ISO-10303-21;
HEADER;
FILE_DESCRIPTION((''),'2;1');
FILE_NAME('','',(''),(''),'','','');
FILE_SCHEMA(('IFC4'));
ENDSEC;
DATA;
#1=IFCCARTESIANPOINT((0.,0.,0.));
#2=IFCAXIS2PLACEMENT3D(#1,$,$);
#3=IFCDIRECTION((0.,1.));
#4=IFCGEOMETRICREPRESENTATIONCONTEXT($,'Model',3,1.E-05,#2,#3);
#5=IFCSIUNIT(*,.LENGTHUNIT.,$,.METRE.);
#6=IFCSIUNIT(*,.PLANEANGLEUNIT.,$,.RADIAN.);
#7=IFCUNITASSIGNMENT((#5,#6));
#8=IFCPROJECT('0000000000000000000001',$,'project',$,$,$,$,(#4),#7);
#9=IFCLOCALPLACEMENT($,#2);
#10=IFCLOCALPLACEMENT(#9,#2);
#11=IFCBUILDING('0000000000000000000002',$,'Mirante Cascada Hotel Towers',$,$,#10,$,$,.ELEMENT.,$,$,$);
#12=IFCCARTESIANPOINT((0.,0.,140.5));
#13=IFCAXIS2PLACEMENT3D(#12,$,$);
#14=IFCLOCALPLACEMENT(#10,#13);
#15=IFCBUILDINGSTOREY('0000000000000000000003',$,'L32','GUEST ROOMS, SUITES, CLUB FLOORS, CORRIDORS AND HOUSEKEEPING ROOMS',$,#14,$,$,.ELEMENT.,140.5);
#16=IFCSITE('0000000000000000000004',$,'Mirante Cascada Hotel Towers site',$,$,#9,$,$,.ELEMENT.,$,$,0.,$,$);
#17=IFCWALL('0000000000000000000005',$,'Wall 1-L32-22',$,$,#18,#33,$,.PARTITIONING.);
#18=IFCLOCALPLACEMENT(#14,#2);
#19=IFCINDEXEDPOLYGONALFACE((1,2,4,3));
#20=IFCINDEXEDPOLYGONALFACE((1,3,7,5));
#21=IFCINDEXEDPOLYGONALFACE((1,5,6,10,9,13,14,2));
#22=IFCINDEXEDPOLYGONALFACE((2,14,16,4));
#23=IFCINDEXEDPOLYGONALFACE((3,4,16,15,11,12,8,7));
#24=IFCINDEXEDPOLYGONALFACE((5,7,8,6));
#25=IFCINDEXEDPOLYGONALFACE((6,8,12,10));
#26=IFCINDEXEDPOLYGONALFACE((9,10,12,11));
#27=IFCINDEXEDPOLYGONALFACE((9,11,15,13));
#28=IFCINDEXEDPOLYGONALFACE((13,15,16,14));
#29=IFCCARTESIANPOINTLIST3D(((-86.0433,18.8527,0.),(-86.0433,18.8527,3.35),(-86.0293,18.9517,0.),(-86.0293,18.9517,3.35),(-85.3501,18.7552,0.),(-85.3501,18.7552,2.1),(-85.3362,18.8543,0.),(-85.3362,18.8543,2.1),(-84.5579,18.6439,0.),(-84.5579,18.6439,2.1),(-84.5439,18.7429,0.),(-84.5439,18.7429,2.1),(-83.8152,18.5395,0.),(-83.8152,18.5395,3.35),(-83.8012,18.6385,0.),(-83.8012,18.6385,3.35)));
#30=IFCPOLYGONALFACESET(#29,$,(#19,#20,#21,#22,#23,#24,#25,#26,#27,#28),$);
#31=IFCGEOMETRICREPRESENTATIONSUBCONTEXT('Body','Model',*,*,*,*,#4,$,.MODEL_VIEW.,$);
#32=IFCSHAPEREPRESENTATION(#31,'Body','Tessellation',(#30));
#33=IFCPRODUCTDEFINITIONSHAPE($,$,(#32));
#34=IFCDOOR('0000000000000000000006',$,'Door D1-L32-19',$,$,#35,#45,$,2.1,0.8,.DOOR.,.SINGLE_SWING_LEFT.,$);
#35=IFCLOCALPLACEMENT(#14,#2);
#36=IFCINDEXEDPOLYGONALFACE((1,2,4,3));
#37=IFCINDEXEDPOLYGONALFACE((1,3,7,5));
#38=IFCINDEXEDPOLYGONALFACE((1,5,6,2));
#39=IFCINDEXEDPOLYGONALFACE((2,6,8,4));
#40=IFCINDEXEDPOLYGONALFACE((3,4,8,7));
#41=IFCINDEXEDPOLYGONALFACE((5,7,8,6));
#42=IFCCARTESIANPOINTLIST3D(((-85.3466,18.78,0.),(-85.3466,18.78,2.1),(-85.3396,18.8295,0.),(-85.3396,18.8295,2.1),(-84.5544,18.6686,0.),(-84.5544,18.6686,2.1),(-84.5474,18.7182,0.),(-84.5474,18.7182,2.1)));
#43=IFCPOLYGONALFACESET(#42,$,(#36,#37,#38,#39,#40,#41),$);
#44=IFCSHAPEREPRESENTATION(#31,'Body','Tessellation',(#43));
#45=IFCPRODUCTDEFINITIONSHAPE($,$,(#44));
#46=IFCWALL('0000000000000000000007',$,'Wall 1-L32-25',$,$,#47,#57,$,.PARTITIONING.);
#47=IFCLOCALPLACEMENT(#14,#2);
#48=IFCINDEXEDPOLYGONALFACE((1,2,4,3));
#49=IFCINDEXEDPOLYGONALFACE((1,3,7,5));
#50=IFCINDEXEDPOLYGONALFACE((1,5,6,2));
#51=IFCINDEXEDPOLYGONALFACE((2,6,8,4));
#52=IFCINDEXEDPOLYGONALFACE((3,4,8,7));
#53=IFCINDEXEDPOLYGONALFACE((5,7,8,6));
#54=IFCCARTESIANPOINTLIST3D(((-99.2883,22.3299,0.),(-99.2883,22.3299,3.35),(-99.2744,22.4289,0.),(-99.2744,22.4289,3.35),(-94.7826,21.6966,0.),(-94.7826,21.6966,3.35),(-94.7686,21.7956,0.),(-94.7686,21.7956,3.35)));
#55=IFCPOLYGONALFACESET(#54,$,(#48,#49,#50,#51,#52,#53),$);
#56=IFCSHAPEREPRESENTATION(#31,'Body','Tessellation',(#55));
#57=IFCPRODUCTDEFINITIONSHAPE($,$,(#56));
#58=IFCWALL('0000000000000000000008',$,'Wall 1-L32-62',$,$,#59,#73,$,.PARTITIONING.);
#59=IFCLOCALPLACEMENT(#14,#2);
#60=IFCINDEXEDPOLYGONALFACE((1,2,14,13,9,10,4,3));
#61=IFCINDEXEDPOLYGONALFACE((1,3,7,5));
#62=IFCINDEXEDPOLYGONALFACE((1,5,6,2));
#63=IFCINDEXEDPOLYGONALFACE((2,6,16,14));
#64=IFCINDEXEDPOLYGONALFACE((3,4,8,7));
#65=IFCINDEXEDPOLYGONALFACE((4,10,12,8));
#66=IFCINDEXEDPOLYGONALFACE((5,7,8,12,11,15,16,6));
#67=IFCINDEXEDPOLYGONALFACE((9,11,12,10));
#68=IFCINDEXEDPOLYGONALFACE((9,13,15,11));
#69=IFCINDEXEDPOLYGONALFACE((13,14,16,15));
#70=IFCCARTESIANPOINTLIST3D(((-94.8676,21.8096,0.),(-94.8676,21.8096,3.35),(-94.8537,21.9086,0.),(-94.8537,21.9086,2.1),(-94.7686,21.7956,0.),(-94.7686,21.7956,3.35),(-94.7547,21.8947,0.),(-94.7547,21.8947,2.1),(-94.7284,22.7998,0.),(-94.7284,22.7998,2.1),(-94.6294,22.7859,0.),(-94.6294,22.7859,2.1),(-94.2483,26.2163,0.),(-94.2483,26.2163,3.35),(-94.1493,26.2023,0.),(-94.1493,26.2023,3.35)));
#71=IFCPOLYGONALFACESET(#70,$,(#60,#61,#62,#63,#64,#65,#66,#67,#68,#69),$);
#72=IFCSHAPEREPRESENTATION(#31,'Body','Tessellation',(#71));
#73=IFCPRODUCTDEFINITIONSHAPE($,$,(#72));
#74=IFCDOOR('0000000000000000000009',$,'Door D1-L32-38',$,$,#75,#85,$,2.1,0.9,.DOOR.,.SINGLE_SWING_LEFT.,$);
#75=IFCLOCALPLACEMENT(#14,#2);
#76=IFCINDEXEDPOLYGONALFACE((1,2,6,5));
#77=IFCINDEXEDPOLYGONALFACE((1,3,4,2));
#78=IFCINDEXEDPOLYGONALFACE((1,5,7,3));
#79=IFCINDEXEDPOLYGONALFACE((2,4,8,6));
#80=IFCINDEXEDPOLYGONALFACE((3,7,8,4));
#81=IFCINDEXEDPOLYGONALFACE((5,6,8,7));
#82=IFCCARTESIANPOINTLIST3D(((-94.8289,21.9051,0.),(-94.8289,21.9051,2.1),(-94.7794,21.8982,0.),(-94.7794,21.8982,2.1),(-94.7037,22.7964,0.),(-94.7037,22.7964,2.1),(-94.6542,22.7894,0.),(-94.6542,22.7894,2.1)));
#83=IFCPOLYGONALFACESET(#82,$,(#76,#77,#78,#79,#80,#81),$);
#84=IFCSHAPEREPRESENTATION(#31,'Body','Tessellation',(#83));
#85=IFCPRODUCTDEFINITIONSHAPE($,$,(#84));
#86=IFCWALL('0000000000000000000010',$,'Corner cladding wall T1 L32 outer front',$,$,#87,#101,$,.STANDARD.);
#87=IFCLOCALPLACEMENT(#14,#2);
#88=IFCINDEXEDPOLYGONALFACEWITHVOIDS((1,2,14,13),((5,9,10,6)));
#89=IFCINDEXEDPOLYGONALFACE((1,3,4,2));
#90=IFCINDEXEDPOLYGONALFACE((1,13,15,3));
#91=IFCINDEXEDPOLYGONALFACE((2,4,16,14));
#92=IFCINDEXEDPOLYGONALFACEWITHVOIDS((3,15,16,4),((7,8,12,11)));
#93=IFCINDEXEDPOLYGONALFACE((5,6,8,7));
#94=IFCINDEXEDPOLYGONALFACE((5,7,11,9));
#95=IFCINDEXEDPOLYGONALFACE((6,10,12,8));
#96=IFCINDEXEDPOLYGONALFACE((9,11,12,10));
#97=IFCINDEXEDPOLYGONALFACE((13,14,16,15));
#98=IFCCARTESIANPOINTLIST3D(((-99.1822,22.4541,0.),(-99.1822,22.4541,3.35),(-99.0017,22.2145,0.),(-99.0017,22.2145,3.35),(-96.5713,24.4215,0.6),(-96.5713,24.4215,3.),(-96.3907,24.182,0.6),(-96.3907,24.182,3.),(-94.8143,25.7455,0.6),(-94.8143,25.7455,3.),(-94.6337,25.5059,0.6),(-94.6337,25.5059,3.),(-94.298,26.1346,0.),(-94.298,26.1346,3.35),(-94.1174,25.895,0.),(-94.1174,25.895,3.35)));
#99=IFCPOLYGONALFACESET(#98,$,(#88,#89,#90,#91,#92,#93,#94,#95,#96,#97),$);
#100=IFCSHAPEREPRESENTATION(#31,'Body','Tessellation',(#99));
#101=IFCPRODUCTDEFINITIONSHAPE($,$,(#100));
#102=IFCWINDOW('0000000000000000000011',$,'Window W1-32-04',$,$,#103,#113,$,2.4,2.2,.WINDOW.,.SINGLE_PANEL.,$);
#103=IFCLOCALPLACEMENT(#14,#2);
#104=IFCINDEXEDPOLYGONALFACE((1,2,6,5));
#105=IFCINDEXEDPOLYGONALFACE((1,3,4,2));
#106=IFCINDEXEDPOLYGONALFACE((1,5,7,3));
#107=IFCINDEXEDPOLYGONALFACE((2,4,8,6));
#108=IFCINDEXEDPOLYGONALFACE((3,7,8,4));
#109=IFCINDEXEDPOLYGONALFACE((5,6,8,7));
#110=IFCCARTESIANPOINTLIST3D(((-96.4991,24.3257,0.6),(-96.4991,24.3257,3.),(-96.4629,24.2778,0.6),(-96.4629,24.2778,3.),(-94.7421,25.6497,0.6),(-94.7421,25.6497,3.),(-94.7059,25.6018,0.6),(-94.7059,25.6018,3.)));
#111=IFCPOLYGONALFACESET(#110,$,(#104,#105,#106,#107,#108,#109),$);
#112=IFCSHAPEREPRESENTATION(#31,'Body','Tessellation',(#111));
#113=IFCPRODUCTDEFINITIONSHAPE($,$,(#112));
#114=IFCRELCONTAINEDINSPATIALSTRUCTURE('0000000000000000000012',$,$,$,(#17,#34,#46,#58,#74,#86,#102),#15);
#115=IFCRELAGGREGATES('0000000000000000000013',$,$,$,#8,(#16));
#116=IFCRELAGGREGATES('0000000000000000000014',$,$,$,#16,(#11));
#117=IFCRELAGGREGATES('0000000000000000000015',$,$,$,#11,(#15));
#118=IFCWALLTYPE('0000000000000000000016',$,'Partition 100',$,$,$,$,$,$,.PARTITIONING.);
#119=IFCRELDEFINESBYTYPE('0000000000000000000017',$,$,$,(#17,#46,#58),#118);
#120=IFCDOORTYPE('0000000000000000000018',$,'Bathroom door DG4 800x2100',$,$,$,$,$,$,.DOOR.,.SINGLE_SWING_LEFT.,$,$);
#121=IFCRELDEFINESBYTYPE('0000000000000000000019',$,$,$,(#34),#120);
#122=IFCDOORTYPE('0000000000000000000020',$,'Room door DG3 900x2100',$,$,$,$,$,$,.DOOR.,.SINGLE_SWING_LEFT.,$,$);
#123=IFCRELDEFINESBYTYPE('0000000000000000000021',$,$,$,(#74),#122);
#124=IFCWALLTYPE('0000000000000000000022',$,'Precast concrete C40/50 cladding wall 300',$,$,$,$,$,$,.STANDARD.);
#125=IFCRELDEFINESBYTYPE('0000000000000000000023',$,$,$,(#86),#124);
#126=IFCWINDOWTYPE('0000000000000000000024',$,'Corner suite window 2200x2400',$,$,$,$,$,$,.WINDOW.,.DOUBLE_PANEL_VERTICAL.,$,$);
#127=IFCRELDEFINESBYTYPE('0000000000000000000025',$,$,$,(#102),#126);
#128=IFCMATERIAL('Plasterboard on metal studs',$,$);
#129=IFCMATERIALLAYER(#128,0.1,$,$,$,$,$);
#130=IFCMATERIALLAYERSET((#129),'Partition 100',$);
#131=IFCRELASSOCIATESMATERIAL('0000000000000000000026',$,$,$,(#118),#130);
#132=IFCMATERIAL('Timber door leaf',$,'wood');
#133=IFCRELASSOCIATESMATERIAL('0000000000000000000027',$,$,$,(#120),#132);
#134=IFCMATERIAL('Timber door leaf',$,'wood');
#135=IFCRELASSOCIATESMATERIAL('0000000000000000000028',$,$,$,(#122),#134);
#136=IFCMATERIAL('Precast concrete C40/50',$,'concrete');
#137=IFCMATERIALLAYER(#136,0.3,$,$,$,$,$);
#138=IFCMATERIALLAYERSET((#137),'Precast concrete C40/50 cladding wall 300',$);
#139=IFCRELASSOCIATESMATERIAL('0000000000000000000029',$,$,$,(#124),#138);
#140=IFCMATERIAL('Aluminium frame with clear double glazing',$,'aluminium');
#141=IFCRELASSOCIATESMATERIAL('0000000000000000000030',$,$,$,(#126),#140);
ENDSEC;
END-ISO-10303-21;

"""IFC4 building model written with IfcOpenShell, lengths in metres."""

from ifc_helpers import new_model, si_unit, direction, frame, frame_2d, origin, place, context, subcontext, project, spatial, rectangle, extrude, material, layer, layer_set, type_object, element, fill, save


model = new_model("IFC4")

# Units and contexts
model_context = context("Model", 3, precision=1e-05, world=origin(), true_north=direction((0.0, 1.0)))
body_context = subcontext(model_context, "Body", "Model", "MODEL_VIEW")
ifc_project = project(units=[si_unit("LENGTHUNIT", "METRE"), si_unit("PLANEANGLEUNIT", "RADIAN")], contexts=[model_context])

# Site, building, storey
site_placement = place(None, origin())
site = spatial("IfcSite", under=ifc_project, at=site_placement, Name="Mirante Cascada Hotel Towers site", CompositionType="ELEMENT", RefElevation=0.0)
building_placement = place(site_placement, origin())
building = spatial("IfcBuilding", under=site, at=building_placement, Name="Mirante Cascada Hotel Towers", CompositionType="ELEMENT")
storey_placement = place(building_placement, frame((0.0, 0.0, 140.5)))
storey = spatial("IfcBuildingStorey", under=building, at=storey_placement, Name="L32", Description="GUEST ROOMS, SUITES, CLUB FLOORS, CORRIDORS AND HOUSEKEEPING ROOMS", CompositionType="ELEMENT", Elevation=140.5)

# Wall, opening, door
ifc_material_1 = material(Name="Plasterboard on metal studs")
ifc_layer_1 = layer(ifc_material_1, 0.1)
ifc_layer_set_1 = layer_set([ifc_layer_1], Name="Partition 100")
wall_type_1 = type_object("IfcWallType", Name="Partition 100", PredefinedType="PARTITIONING", material=ifc_layer_set_1)
wall_1_placement = place(storey_placement, frame((-86.0363, 18.9022, 0.0), z_axis=(0.0, 0.0, 1.0), x_axis=(0.990264, -0.1392, 0.0)))
wall_1 = element("IfcWall", 1, at=wall_1_placement, inside=storey, type_object=wall_type_1, Name="Wall 1-L32-22", PredefinedType="PARTITIONING", context=body_context, shape_type="SweptSolid", body=[
    extrude(rectangle(XDim=2.25, YDim=0.1, at=frame_2d((1.125, 0.0))), origin(), (0.0, 0.0, 1.0), 3.35),
])
opening_1_placement = place(wall_1_placement, frame((0.7, 0.0, 0.0)))
opening_1 = element("IfcOpeningElement", 2, at=opening_1_placement, cuts=wall_1, PredefinedType="OPENING", context=body_context, shape_type="SweptSolid", body=[
    extrude(rectangle(XDim=0.8, YDim=2.1, at=frame_2d((0.4, 1.05))), frame((0.0, 0.05, 0.0), z_axis=(0.0, -1.0, 0.0), x_axis=(1.0, 0.0, 0.0)), (0.0, 0.0, 1.0), 0.1),
])
ifc_material_2 = material(Name="Timber door leaf", Category="wood")
door_type_1 = type_object("IfcDoorType", Name="Bathroom door DG4 800x2100", OperationType="SINGLE_SWING_LEFT", PredefinedType="DOOR", material=ifc_material_2)
door_1_placement = place(opening_1_placement, origin())
door_1 = element("IfcDoor", 3, at=door_1_placement, inside=storey, type_object=door_type_1, Name="Door D1-L32-19", OperationType="SINGLE_SWING_LEFT", OverallHeight=2.1, OverallWidth=0.8, PredefinedType="DOOR", context=body_context, shape_type="SweptSolid", body=[
    extrude(rectangle(XDim=0.8, YDim=2.1, at=frame_2d((0.4, 1.05))), frame((0.0, 0.025, 0.0), z_axis=(0.0, -1.0, 0.0), x_axis=(1.0, 0.0, 0.0)), (0.0, 0.0, 1.0), 0.05),
])
fill(opening_1, door_1)

# Wall
wall_2_placement = place(storey_placement, frame((-94.7756, 21.7461, 0.0), z_axis=(0.0, 0.0, 1.0), x_axis=(-0.990266, 0.139187, 0.0)))
element("IfcWall", 4, at=wall_2_placement, inside=storey, type_object=wall_type_1, Name="Wall 1-L32-25", PredefinedType="PARTITIONING", context=body_context, shape_type="SweptSolid", body=[
    extrude(rectangle(XDim=4.55, YDim=0.1, at=frame_2d((2.275, 0.0))), origin(), (0.0, 0.0, 1.0), 3.35),
])

# Wall, opening, door
wall_3_placement = place(storey_placement, frame((-94.1988, 26.2093, 0.0), z_axis=(0.0, 0.0, 1.0), x_axis=(-0.139168, -0.990269, 0.0)))
wall_3 = element("IfcWall", 5, at=wall_3_placement, inside=storey, type_object=wall_type_1, Name="Wall 1-L32-62", PredefinedType="PARTITIONING", context=body_context, shape_type="SweptSolid", body=[
    extrude(rectangle(XDim=4.45, YDim=0.1, at=frame_2d((2.225, 0.0))), origin(), (0.0, 0.0, 1.0), 3.35),
])
opening_2_placement = place(wall_3_placement, frame((3.45, 0.0, 0.0)))
opening_2 = element("IfcOpeningElement", 6, at=opening_2_placement, cuts=wall_3, PredefinedType="OPENING", context=body_context, shape_type="SweptSolid", body=[
    extrude(rectangle(XDim=0.9, YDim=2.1, at=frame_2d((0.45, 1.05))), frame((0.0, 0.05, 0.0), z_axis=(0.0, -1.0, 0.0), x_axis=(1.0, 0.0, 0.0)), (0.0, 0.0, 1.0), 0.1),
])
ifc_material_3 = material(Name="Timber door leaf", Category="wood")
door_type_2 = type_object("IfcDoorType", Name="Room door DG3 900x2100", OperationType="SINGLE_SWING_LEFT", PredefinedType="DOOR", material=ifc_material_3)
door_2_placement = place(opening_2_placement, origin())
door_2 = element("IfcDoor", 7, at=door_2_placement, inside=storey, type_object=door_type_2, Name="Door D1-L32-38", OperationType="SINGLE_SWING_LEFT", OverallHeight=2.1, OverallWidth=0.9, PredefinedType="DOOR", context=body_context, shape_type="SweptSolid", body=[
    extrude(rectangle(XDim=0.9, YDim=2.1, at=frame_2d((0.45, 1.05))), frame((0.0, 0.025, 0.0), z_axis=(0.0, -1.0, 0.0), x_axis=(1.0, 0.0, 0.0)), (0.0, 0.0, 1.0), 0.05),
])
fill(opening_2, door_2)

# Wall, opening, window
ifc_material_4 = material(Name="Precast concrete C40/50", Category="concrete")
ifc_layer_2 = layer(ifc_material_4, 0.3)
ifc_layer_set_2 = layer_set([ifc_layer_2], Name="Precast concrete C40/50 cladding wall 300")
wall_type_2 = type_object("IfcWallType", Name="Precast concrete C40/50 cladding wall 300", PredefinedType="STANDARD", material=ifc_layer_set_2)
wall_4_placement = place(storey_placement, frame((-99.0919, 22.3343, 0.0), z_axis=(0.0, 0.0, 1.0), x_axis=(0.798636, 0.601814, 0.0)))
wall_4 = element("IfcWall", 8, at=wall_4_placement, inside=storey, type_object=wall_type_2, Name="Corner cladding wall T1 L32 outer front", PredefinedType="STANDARD", context=body_context, shape_type="SweptSolid", body=[
    extrude(rectangle(XDim=6.1157, YDim=0.3, at=frame_2d((3.0578, 0.0))), origin(), (0.0, 0.0, 1.0), 3.35),
])
opening_3_placement = place(wall_4_placement, frame((3.2692, 0.0, 0.6)))
opening_3 = element("IfcOpeningElement", 9, at=opening_3_placement, cuts=wall_4, PredefinedType="OPENING", context=body_context, shape_type="SweptSolid", body=[
    extrude(rectangle(XDim=2.2, YDim=2.4, at=frame_2d((1.1, 1.2))), frame((0.0, 0.15, 0.0), z_axis=(0.0, -1.0, 0.0), x_axis=(1.0, 0.0, 0.0)), (0.0, 0.0, 1.0), 0.3),
])
ifc_material_5 = material(Name="Aluminium frame with clear double glazing", Category="aluminium")
window_type = type_object("IfcWindowType", Name="Corner suite window 2200x2400", PartitioningType="DOUBLE_PANEL_VERTICAL", PredefinedType="WINDOW", material=ifc_material_5)
window_placement = place(opening_3_placement, origin())
window = element("IfcWindow", 10, at=window_placement, inside=storey, type_object=window_type, Name="Window W1-32-04", OverallHeight=2.4, OverallWidth=2.2, PartitioningType="SINGLE_PANEL", PredefinedType="WINDOW", context=body_context, shape_type="SweptSolid", body=[
    extrude(rectangle(XDim=2.2, YDim=2.4, at=frame_2d((1.1, 1.2))), frame((0.0, 0.03, 0.0), z_axis=(0.0, -1.0, 0.0), x_axis=(1.0, 0.0, 0.0)), (0.0, 0.0, 1.0), 0.06),
])
fill(opening_3, window)

save(model, "model.ifc")
